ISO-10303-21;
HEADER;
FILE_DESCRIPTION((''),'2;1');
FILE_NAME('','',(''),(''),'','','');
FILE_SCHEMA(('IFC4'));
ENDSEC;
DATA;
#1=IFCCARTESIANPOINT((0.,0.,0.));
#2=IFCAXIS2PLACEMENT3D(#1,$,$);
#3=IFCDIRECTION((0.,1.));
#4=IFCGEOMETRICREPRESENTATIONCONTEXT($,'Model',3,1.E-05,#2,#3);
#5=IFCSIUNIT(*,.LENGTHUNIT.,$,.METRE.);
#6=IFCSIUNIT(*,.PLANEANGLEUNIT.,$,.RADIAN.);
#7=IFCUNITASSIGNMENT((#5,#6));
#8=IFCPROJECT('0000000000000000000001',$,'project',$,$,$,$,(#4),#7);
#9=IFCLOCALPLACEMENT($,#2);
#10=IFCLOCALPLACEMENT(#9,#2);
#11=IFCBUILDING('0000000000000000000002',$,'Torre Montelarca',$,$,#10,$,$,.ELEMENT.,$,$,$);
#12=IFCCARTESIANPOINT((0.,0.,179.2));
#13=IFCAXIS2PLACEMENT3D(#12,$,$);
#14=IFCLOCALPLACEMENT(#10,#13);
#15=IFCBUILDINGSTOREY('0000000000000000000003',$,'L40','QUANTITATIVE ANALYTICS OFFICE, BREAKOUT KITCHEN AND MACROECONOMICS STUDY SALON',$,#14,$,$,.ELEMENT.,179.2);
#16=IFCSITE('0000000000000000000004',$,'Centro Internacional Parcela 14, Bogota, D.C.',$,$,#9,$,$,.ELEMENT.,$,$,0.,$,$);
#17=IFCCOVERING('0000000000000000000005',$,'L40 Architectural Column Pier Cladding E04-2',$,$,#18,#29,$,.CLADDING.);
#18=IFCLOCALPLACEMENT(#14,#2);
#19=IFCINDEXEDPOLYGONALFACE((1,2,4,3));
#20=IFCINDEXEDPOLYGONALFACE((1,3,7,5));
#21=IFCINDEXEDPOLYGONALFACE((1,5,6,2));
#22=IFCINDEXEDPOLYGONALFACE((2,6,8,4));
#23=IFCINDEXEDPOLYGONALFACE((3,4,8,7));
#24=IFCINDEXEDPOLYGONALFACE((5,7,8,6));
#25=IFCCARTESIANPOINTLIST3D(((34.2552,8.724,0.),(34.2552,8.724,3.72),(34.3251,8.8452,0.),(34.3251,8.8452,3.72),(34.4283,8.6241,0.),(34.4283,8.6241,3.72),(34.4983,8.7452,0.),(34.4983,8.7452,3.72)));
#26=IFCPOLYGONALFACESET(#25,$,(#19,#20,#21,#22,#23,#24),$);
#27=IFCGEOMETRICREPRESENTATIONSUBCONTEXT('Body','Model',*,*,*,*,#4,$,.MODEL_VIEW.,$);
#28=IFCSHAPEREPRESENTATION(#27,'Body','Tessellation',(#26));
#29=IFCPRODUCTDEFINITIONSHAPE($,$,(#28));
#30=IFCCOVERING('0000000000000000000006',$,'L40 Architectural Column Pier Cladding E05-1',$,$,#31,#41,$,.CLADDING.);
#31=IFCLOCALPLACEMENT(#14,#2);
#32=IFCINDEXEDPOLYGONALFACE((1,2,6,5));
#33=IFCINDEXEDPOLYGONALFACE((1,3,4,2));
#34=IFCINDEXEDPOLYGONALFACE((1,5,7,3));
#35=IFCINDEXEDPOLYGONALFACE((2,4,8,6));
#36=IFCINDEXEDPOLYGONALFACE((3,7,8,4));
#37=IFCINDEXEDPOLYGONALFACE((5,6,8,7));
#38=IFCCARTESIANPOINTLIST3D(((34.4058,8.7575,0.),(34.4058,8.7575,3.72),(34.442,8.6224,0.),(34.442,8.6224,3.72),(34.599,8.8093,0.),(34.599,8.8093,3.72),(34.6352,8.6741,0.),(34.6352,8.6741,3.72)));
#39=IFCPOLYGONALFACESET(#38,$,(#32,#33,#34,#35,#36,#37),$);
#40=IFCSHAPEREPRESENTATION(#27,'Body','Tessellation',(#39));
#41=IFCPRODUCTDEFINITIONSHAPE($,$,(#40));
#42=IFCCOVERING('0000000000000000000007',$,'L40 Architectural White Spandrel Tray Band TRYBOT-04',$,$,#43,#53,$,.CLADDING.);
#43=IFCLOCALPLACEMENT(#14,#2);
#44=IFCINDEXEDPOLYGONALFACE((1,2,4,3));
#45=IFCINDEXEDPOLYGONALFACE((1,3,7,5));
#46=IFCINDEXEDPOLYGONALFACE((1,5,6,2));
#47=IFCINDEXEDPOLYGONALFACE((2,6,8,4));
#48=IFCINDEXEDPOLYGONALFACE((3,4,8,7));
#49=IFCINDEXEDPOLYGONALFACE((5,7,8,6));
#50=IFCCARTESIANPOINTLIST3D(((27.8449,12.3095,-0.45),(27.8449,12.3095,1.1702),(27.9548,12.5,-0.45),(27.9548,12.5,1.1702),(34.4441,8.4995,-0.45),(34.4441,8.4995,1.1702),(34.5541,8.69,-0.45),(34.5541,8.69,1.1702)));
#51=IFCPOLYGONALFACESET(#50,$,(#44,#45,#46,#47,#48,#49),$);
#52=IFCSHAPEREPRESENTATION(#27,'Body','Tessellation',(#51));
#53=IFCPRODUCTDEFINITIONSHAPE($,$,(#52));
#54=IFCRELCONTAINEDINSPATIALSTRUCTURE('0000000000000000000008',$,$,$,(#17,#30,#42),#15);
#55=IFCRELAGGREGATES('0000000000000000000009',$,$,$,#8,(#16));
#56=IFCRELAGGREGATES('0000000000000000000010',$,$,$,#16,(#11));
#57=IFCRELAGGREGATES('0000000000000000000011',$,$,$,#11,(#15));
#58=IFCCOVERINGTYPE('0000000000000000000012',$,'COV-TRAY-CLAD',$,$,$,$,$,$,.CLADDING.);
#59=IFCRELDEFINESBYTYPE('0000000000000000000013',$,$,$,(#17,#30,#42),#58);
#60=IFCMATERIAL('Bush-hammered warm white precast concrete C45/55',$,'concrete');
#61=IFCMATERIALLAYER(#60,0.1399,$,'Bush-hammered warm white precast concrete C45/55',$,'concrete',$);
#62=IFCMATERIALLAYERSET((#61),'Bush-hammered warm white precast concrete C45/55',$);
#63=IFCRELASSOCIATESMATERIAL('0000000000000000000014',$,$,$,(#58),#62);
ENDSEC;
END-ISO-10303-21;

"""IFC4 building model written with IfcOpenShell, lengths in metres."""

from ifc_helpers import new_model, si_unit, direction, frame, origin, origin_2d, place, context, subcontext, project, spatial, rectangle, extrude, source, transform, mapped, material, layer, layer_set, type_object, element, save


model = new_model("IFC4")

# Units and contexts
model_context = context("Model", 3, precision=1e-05, world=origin(), true_north=direction((0.0, 1.0)))
body_context = subcontext(model_context, "Body", "Model", "MODEL_VIEW")
ifc_project = project(units=[si_unit("LENGTHUNIT", "METRE"), si_unit("PLANEANGLEUNIT", "RADIAN")], contexts=[model_context])

# Site, building, storey
site_placement = place(None, origin())
site = spatial("IfcSite", under=ifc_project, at=site_placement, Name="Centro Internacional Parcela 14, Bogota, D.C.", CompositionType="ELEMENT", RefElevation=0.0)
building_placement = place(site_placement, origin())
building = spatial("IfcBuilding", under=site, at=building_placement, Name="Torre Montelarca", CompositionType="ELEMENT")
storey_placement = place(building_placement, frame((0.0, 0.0, 179.2)))
storey = spatial("IfcBuildingStorey", under=building, at=storey_placement, Name="L40", Description="QUANTITATIVE ANALYTICS OFFICE, BREAKOUT KITCHEN AND MACROECONOMICS STUDY SALON", CompositionType="ELEMENT", Elevation=179.2)

# Coverings
ifc_material_1 = material(Name="Bush-hammered warm white precast concrete C45/55", Category="concrete")
ifc_layer_1 = layer(ifc_material_1, 0.1399, Name="Bush-hammered warm white precast concrete C45/55", Category="concrete")
ifc_layer_set_1 = layer_set([ifc_layer_1], Name="Bush-hammered warm white precast concrete C45/55")
covering_type = type_object("IfcCoveringType", Name="COV-TRAY-CLAD", PredefinedType="CLADDING", material=ifc_layer_set_1)
shared_shape_1 = source(origin(), body_context, "Body", "SweptSolid", [
    extrude(rectangle(XDim=0.2, YDim=0.1399, at=origin_2d()), origin(), (0.0, 0.0, 1.0), 3.72),
])
for number, where, z_axis, x_axis, name in (
    (1, (34.3767, 8.7346, 0.0), (0.0, 0.0, 1.0), (0.866028, -0.499995, 0.0), "L40 Architectural Column Pier Cladding E04-2"),
    (2, (34.5205, 8.7158, 0.0), (0.0, 0.0, 1.0), (0.965922, 0.258834, 0.0), "L40 Architectural Column Pier Cladding E05-1"),
):
    element("IfcCovering", number, at=place(storey_placement, frame(where, z_axis=z_axis, x_axis=x_axis)), inside=storey, type_object=covering_type, Name=name, PredefinedType="CLADDING", context=body_context, shape_type="MappedRepresentation", body=[
        mapped(shared_shape_1, transform((0.0, 0.0, 0.0), scale=1.0)),
    ])
shared_shape_2 = source(origin(), body_context, "Body", "SweptSolid", [
    extrude(rectangle(XDim=7.6201, YDim=0.22, at=origin_2d()), origin(), (0.0, 0.0, 1.0), 1.6201),
])
covering_1_placement = place(storey_placement, frame((31.1995, 10.4998, -0.45), z_axis=(0.0, 0.0, 1.0), x_axis=(0.866025, -0.5, 0.0)))
element("IfcCovering", 3, at=covering_1_placement, inside=storey, type_object=covering_type, Name="L40 Architectural White Spandrel Tray Band TRYBOT-04", PredefinedType="CLADDING", context=body_context, shape_type="MappedRepresentation", body=[
    mapped(shared_shape_2, transform((0.0, 0.0, 0.0), scale=1.0)),
])

save(model, "model.ifc")
